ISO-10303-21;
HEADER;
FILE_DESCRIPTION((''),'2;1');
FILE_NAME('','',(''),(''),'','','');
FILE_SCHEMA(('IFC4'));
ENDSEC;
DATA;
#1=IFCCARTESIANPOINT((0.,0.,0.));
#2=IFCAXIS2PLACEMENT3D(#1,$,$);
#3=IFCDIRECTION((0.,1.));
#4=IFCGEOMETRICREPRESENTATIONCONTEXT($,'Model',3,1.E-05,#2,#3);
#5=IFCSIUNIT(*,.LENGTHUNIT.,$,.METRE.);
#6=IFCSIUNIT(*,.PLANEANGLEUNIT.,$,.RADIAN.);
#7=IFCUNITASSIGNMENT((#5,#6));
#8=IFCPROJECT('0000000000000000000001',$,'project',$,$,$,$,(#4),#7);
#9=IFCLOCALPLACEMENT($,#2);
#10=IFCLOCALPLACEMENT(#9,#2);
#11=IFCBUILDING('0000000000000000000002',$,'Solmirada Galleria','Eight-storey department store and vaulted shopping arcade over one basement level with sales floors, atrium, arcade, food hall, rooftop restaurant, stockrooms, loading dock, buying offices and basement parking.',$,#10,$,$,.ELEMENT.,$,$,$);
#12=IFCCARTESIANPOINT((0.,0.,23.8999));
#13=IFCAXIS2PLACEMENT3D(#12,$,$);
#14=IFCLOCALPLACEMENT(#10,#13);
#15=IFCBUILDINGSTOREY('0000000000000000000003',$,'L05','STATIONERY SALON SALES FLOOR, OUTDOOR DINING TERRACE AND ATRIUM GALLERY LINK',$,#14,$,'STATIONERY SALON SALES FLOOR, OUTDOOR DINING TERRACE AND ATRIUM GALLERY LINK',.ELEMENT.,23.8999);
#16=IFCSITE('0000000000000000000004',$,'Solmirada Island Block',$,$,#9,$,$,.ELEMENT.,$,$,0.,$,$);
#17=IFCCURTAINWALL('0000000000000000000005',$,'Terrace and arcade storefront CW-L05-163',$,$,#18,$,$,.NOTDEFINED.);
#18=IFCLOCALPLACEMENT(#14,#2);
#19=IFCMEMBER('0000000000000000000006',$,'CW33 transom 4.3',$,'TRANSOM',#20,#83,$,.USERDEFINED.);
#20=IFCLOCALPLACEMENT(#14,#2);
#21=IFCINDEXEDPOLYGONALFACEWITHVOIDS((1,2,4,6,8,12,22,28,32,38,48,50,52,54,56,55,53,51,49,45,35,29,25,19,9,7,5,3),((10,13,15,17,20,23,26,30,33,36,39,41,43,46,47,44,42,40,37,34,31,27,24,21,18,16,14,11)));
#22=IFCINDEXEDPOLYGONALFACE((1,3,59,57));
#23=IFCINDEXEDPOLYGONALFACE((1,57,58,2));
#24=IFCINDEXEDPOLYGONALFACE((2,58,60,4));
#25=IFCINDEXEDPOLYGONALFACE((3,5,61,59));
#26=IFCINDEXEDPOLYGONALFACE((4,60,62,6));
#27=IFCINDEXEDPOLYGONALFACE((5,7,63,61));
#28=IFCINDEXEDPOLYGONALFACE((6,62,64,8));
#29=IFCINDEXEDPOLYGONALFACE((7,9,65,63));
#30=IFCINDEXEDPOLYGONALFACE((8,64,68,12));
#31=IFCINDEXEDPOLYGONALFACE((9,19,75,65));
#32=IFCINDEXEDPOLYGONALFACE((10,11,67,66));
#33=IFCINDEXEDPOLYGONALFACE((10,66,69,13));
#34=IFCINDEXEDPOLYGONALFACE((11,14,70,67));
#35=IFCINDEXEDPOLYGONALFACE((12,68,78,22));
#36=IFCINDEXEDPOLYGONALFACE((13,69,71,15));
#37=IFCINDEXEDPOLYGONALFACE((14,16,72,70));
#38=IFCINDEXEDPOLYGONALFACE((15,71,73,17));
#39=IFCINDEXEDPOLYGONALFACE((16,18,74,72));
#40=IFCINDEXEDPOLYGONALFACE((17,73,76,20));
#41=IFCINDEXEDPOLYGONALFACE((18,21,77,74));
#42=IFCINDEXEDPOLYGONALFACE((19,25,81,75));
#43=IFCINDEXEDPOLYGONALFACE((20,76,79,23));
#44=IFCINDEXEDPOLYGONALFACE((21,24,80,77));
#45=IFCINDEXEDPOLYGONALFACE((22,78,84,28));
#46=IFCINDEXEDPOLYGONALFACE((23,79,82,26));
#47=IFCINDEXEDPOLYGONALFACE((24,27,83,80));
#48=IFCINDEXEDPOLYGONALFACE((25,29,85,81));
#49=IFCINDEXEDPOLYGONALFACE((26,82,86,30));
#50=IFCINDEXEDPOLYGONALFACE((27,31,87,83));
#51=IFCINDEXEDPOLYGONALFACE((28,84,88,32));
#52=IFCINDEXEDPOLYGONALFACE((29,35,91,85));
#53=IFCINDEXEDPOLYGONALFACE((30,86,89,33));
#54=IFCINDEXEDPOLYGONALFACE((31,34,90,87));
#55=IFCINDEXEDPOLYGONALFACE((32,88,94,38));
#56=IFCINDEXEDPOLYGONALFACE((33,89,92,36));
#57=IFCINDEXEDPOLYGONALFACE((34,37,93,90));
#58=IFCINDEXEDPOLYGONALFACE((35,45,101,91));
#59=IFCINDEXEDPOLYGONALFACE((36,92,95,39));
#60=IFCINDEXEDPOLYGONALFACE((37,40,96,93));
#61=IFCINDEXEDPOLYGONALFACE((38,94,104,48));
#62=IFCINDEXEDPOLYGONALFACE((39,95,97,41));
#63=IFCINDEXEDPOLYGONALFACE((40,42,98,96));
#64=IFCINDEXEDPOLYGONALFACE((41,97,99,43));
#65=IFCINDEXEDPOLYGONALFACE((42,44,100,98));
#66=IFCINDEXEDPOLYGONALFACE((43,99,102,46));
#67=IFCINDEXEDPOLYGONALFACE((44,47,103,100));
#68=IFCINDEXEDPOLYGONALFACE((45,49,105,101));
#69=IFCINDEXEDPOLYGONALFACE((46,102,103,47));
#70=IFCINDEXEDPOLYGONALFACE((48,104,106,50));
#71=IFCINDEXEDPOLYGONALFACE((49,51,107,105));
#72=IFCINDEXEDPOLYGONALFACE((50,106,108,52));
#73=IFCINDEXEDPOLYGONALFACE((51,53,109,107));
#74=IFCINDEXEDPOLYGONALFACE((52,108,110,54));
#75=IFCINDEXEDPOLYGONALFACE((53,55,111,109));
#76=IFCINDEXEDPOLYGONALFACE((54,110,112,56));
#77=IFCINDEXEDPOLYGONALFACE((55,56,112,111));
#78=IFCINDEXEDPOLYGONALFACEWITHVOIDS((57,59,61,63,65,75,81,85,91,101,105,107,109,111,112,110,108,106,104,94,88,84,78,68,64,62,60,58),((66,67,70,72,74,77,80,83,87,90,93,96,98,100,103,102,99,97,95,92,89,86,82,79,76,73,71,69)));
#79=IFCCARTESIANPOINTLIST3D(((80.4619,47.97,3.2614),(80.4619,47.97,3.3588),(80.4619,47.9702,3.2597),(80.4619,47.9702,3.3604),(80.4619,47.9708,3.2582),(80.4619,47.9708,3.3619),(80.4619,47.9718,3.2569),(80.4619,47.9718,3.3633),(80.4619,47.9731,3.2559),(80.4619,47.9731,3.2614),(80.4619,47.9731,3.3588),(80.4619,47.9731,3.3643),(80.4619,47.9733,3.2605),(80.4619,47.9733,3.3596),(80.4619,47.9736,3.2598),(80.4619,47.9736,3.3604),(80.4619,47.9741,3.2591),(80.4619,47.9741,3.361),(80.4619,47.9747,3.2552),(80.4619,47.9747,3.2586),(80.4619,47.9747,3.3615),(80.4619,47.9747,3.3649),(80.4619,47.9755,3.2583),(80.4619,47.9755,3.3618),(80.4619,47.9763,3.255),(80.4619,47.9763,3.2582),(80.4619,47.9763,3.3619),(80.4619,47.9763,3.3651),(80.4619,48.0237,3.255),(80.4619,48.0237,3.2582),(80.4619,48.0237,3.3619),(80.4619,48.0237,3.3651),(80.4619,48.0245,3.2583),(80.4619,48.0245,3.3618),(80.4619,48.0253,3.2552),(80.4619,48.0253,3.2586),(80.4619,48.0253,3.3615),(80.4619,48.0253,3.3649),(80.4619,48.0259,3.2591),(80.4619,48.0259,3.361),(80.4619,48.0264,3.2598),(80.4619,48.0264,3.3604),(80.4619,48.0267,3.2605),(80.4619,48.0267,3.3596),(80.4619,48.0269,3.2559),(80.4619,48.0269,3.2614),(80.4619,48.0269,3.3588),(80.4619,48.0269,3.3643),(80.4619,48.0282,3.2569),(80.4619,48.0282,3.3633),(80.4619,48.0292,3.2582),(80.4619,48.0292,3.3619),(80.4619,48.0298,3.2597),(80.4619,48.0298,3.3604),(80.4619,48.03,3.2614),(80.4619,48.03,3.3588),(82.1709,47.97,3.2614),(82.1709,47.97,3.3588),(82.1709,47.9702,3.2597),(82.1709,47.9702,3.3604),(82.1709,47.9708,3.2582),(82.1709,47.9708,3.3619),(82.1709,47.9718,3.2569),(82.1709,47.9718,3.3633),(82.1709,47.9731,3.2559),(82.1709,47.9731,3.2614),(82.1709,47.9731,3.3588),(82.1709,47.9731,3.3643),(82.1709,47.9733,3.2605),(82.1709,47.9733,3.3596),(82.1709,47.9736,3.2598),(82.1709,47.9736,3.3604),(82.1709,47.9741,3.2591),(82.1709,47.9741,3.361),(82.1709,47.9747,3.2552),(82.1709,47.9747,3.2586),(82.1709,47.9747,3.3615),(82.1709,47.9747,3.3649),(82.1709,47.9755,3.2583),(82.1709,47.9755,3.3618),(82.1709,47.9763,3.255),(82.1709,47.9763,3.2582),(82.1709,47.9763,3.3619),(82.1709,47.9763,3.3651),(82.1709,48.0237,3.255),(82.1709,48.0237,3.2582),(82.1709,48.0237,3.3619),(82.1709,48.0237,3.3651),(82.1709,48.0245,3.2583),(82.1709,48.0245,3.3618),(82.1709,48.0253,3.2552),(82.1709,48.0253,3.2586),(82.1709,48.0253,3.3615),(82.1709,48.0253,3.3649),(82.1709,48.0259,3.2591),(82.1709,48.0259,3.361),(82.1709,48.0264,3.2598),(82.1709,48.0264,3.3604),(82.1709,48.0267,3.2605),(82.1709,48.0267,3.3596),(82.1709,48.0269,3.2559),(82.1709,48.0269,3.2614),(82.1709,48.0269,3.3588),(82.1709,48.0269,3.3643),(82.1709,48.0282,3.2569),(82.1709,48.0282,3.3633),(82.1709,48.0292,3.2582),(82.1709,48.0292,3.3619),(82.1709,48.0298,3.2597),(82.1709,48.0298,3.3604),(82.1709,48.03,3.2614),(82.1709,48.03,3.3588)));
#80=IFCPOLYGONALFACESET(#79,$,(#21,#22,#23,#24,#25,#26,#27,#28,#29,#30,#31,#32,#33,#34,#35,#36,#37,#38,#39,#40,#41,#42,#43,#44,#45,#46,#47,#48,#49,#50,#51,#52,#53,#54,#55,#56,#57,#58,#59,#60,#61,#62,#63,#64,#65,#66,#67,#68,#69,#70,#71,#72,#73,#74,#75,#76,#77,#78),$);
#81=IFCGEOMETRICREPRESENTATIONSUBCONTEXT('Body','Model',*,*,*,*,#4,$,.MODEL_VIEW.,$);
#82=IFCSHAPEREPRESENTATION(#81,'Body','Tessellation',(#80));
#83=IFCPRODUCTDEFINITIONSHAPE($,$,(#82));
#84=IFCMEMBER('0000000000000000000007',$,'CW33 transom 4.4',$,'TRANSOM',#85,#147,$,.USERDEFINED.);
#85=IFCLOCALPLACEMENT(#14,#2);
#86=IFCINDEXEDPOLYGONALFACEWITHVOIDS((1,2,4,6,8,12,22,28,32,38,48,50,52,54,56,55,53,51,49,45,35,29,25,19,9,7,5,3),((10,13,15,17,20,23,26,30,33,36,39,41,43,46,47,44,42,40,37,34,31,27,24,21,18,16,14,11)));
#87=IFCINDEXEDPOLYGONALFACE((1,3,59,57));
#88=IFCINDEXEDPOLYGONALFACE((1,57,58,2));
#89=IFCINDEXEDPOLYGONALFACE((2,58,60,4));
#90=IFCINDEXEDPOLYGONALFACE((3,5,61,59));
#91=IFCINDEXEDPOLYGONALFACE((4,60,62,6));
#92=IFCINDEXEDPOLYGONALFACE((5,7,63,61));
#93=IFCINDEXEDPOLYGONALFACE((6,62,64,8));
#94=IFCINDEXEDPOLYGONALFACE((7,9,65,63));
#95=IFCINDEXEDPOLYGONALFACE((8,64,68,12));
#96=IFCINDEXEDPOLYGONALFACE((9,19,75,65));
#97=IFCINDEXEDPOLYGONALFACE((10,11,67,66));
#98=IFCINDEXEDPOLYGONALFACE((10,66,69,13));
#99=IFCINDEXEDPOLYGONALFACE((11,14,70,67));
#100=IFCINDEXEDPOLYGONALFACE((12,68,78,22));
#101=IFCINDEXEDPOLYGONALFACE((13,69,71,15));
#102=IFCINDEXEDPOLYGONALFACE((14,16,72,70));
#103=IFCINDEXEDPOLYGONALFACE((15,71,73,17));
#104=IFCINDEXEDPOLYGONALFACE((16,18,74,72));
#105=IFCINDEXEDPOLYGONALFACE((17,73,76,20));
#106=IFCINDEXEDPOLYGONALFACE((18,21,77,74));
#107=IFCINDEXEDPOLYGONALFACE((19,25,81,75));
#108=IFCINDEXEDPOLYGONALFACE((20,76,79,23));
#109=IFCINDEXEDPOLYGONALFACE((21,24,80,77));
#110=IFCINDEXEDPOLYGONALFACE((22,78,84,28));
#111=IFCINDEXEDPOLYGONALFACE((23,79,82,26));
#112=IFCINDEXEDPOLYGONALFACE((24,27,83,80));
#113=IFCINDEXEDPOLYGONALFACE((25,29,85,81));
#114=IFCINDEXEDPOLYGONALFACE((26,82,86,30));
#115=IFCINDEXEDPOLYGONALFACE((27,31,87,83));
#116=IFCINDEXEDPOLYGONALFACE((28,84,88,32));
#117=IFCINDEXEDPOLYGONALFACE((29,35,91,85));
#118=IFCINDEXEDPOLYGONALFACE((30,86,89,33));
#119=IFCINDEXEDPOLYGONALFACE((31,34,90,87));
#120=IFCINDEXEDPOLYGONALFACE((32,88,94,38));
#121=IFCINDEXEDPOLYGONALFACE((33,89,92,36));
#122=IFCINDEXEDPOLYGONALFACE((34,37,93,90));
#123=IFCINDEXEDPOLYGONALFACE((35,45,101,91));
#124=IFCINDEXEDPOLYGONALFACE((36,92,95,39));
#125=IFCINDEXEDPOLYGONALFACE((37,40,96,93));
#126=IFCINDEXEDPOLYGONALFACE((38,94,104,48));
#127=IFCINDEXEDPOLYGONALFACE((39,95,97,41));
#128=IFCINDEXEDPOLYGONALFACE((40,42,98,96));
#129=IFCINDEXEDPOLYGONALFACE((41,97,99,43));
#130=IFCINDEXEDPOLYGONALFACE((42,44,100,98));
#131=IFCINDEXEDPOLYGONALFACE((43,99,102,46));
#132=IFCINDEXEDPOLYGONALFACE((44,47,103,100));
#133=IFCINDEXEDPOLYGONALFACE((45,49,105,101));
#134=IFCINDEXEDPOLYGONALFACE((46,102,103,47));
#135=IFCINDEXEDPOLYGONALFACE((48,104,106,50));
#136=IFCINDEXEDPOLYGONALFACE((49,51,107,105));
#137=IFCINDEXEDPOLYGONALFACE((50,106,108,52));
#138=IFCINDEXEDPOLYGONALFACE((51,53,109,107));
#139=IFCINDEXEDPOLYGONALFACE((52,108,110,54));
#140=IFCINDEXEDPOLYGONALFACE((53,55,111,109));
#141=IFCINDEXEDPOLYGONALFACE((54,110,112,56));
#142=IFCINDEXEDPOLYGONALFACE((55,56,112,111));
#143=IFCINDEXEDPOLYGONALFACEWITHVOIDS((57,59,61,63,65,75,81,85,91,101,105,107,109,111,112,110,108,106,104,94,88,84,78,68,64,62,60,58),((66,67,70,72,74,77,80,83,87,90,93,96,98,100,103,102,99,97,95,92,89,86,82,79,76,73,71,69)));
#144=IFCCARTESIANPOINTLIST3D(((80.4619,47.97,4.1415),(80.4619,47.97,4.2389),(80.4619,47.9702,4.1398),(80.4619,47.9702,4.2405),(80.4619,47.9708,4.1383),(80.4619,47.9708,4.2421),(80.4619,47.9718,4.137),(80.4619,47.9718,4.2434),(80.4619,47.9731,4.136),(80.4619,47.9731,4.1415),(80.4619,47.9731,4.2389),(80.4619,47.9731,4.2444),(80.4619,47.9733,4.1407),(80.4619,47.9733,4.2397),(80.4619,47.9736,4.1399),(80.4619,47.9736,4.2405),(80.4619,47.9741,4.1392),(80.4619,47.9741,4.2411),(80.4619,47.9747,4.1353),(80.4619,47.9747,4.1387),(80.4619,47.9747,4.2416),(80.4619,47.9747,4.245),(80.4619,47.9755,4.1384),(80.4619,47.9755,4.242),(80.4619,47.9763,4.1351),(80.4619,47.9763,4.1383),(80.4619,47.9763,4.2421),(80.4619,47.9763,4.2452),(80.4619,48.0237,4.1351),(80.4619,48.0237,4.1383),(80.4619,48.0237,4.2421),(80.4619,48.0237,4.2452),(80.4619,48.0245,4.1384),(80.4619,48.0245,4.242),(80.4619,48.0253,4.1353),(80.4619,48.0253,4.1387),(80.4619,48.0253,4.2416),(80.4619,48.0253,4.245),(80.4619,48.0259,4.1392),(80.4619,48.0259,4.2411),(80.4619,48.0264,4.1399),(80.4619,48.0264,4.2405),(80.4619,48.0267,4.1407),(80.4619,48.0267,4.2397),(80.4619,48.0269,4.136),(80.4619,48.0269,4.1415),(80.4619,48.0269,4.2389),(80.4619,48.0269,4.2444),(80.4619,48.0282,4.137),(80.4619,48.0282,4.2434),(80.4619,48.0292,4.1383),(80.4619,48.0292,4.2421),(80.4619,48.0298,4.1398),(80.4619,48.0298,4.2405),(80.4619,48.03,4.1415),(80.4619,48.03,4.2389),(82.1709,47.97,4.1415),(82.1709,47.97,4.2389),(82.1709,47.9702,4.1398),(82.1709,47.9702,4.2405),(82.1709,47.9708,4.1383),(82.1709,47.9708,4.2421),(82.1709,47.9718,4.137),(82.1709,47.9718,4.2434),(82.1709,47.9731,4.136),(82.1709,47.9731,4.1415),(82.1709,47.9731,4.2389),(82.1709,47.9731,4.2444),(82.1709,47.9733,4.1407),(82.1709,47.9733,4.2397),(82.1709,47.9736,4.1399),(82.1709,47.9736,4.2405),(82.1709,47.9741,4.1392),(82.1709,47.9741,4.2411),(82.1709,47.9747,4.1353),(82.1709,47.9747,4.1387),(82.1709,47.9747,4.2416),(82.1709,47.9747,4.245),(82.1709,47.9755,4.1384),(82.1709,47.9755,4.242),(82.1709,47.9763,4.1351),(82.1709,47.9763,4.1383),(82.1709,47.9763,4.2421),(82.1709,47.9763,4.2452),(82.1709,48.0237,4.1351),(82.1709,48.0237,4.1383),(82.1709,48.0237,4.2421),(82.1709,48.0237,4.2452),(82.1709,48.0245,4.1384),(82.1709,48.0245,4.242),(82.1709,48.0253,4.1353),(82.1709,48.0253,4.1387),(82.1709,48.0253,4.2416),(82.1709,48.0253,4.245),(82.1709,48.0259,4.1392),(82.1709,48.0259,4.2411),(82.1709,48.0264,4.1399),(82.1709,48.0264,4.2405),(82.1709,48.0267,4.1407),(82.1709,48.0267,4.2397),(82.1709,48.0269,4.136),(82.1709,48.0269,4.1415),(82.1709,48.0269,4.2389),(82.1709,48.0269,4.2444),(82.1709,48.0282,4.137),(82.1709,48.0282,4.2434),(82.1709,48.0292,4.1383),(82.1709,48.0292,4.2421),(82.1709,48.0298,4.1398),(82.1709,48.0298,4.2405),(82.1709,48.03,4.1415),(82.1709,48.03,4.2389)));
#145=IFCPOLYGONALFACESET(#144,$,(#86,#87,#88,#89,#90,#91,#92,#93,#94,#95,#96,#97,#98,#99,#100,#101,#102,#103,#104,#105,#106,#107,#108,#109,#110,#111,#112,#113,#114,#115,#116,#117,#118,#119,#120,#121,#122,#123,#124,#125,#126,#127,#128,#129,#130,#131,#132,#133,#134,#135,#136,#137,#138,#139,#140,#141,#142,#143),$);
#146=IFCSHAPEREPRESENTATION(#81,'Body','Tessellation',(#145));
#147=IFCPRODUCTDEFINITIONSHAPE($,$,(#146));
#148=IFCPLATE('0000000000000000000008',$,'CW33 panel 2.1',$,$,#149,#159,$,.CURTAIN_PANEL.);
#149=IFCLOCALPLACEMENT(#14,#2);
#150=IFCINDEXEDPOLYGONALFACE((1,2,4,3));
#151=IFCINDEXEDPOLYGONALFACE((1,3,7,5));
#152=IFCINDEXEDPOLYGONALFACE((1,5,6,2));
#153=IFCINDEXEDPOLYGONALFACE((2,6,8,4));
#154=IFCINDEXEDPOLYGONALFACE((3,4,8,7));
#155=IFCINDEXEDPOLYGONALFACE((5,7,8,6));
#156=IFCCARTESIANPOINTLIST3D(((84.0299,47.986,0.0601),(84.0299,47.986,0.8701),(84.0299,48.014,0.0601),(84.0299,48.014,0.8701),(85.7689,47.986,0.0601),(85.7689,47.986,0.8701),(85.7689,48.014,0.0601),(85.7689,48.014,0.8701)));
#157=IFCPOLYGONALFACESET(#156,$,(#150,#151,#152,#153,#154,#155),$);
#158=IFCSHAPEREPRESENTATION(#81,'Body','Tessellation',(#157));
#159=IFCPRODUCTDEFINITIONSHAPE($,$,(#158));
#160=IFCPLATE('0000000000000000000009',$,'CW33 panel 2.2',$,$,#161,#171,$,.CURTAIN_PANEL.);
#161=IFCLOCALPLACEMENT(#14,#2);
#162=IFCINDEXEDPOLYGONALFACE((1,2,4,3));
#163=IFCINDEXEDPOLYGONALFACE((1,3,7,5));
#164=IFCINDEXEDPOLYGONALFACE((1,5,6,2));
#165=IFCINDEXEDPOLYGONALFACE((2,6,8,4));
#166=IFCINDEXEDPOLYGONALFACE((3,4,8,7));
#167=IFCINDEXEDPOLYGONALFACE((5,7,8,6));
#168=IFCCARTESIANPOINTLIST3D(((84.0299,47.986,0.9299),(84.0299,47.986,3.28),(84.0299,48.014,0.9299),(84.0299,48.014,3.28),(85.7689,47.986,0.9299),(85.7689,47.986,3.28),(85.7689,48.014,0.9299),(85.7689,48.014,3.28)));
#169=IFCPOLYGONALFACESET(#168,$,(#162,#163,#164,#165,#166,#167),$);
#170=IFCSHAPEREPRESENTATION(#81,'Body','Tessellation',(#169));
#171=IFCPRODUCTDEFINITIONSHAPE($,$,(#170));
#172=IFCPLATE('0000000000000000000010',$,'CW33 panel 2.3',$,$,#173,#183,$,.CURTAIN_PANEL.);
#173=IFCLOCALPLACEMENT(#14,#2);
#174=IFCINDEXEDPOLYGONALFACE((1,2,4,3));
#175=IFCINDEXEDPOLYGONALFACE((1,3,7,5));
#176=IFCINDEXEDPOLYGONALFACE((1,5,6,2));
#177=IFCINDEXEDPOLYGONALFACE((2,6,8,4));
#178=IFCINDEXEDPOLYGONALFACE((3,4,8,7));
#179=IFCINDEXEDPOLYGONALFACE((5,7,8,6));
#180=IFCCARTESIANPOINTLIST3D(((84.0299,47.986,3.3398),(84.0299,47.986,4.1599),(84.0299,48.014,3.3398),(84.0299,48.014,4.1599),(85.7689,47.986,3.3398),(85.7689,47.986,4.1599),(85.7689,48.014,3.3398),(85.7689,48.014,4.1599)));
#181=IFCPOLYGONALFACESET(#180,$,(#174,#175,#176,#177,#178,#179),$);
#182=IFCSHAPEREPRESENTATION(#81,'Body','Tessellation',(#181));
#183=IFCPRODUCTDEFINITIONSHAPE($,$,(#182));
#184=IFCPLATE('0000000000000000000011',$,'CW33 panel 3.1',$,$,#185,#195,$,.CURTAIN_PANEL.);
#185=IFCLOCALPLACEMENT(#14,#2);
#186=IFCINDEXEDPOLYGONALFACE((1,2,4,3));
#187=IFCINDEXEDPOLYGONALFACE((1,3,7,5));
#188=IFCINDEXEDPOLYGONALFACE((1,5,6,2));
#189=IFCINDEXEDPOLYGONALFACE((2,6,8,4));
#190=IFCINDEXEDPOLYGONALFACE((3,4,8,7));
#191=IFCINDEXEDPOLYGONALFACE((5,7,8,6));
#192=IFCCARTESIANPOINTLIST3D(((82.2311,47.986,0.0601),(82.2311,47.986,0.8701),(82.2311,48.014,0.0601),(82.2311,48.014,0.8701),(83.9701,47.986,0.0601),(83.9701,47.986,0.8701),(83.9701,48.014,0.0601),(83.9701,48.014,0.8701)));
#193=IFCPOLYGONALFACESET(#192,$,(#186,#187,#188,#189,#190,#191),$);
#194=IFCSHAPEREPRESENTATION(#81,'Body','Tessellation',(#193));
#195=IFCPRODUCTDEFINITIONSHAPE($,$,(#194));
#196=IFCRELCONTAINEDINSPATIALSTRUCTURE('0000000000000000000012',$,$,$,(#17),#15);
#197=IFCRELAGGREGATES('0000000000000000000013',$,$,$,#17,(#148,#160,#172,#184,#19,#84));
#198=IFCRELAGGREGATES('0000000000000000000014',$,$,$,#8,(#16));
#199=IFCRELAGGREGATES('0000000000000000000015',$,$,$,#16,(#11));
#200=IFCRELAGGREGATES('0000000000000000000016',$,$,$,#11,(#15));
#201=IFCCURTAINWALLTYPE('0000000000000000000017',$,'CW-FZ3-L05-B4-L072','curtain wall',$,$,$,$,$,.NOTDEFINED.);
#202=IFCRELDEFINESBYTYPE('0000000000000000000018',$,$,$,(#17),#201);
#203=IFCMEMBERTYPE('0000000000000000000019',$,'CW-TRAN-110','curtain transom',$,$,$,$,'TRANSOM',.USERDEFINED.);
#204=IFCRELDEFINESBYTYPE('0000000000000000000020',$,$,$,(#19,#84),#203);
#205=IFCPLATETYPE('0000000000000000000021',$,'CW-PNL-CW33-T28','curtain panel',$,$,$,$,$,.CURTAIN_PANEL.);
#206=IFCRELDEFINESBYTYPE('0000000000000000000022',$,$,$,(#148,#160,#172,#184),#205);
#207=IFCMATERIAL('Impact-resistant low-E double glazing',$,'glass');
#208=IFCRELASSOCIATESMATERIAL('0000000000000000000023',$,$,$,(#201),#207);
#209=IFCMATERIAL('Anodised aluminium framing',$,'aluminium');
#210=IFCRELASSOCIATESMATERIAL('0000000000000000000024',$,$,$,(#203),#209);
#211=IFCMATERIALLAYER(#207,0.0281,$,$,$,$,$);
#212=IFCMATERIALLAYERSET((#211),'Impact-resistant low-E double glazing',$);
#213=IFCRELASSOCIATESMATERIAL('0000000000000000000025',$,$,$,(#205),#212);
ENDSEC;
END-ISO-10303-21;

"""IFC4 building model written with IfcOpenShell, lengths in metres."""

from ifc_helpers import new_model, si_unit, direction, frame, origin, origin_2d, place, context, subcontext, project, spatial, rectangle, hollow_rectangle, extrude, material, layer, layer_set, material_profile, profile_set, type_object, element, aggregate, save


model = new_model("IFC4")

# Units and contexts
model_context = context("Model", 3, precision=1e-05, world=origin(), true_north=direction((0.0, 1.0)))
body_context = subcontext(model_context, "Body", "Model", "MODEL_VIEW")
ifc_project = project(units=[si_unit("LENGTHUNIT", "METRE"), si_unit("PLANEANGLEUNIT", "RADIAN")], contexts=[model_context])

# Site, building, storey
site_placement = place(None, origin())
site = spatial("IfcSite", under=ifc_project, at=site_placement, Name="Solmirada Island Block", CompositionType="ELEMENT", RefElevation=0.0)
building_placement = place(site_placement, origin())
building = spatial("IfcBuilding", under=site, at=building_placement, Name="Solmirada Galleria", Description="Eight-storey department store and vaulted shopping arcade over one basement level with sales floors, atrium, arcade, food hall, rooftop restaurant, stockrooms, loading dock, buying offices and basement parking.", CompositionType="ELEMENT")
storey_placement = place(building_placement, frame((0.0, 0.0, 23.8999)))
storey = spatial("IfcBuildingStorey", under=building, at=storey_placement, Name="L05", Description="STATIONERY SALON SALES FLOOR, OUTDOOR DINING TERRACE AND ATRIUM GALLERY LINK", LongName="STATIONERY SALON SALES FLOOR, OUTDOOR DINING TERRACE AND ATRIUM GALLERY LINK", CompositionType="ELEMENT", Elevation=23.8999)

# Curtain wall, members, plates
ifc_material_1 = material(Name="Impact-resistant low-E double glazing", Category="glass")
curtain_wall_type = type_object("IfcCurtainWallType", Name="CW-FZ3-L05-B4-L072", Description="curtain wall", PredefinedType="NOTDEFINED", material=ifc_material_1)
curtain_wall_placement = place(storey_placement, origin())
curtain_wall = element("IfcCurtainWall", 1, at=curtain_wall_placement, inside=storey, type_object=curtain_wall_type, Name="Terrace and arcade storefront CW-L05-163", PredefinedType="NOTDEFINED")
ifc_material_2 = material(Name="Anodised aluminium framing", Category="aluminium")
ifc_material_profile_1 = material_profile(ifc_material_2, hollow_rectangle(XDim=0.0601, YDim=0.1101, WallThickness=0.0032, InnerFilletRadius=0.0032, OuterFilletRadius=0.0063, at=origin_2d()), Name="ALU-TRAN-110X60")
ifc_profile_set_1 = profile_set([ifc_material_profile_1], Name="Anodised aluminium framing")
member_type_1 = type_object("IfcMemberType", Name="CW-TRAN-110", Description="curtain transom", ElementType="TRANSOM", PredefinedType="USERDEFINED", material=ifc_profile_set_1)
member_1_placement = place(storey_placement, frame((82.1709, 48.0, 3.3101), z_axis=(-1.0, 0.0, 0.0), x_axis=(0.0, -1.0, 0.0)))
member_1 = element("IfcMember", 2, at=member_1_placement, type_object=member_type_1, Name="CW33 transom 4.3", ObjectType="TRANSOM", PredefinedType="USERDEFINED", context=body_context, shape_type="SweptSolid", body=[
    extrude(hollow_rectangle(XDim=0.0601, YDim=0.1101, WallThickness=0.0032, InnerFilletRadius=0.0032, OuterFilletRadius=0.0063, at=origin_2d()), origin(), (0.0, 0.0, 1.0), 1.709),
])
member_2_placement = place(storey_placement, frame((82.1709, 48.0, 4.1902), z_axis=(-1.0, 0.0, 0.0), x_axis=(0.0, -1.0, 0.0)))
member_2 = element("IfcMember", 3, at=member_2_placement, type_object=member_type_1, Name="CW33 transom 4.4", ObjectType="TRANSOM", PredefinedType="USERDEFINED", context=body_context, shape_type="SweptSolid", body=[
    extrude(hollow_rectangle(XDim=0.0601, YDim=0.1101, WallThickness=0.0032, InnerFilletRadius=0.0032, OuterFilletRadius=0.0063, at=origin_2d()), origin(), (0.0, 0.0, 1.0), 1.709),
])
ifc_layer = layer(ifc_material_1, 0.0281)
ifc_layer_set = layer_set([ifc_layer], Name="Impact-resistant low-E double glazing")
plate_type = type_object("IfcPlateType", Name="CW-PNL-CW33-T28", Description="curtain panel", PredefinedType="CURTAIN_PANEL", material=ifc_layer_set)
plate_1_placement = place(storey_placement, frame((84.8994, 48.0, 0.0601), z_axis=(0.0, 0.0, 1.0), x_axis=(-1.0, 0.0, 0.0)))
plate_1 = element("IfcPlate", 4, at=plate_1_placement, type_object=plate_type, Name="CW33 panel 2.1", PredefinedType="CURTAIN_PANEL", context=body_context, shape_type="SweptSolid", body=[
    extrude(rectangle(XDim=1.739, YDim=0.0281, at=origin_2d()), origin(), (0.0, 0.0, 1.0), 0.8101),
])
plate_2_placement = place(storey_placement, frame((84.8994, 48.0, 0.9299), z_axis=(0.0, 0.0, 1.0), x_axis=(-1.0, 0.0, 0.0)))
plate_2 = element("IfcPlate", 5, at=plate_2_placement, type_object=plate_type, Name="CW33 panel 2.2", PredefinedType="CURTAIN_PANEL", context=body_context, shape_type="SweptSolid", body=[
    extrude(rectangle(XDim=1.739, YDim=0.0281, at=origin_2d()), origin(), (0.0, 0.0, 1.0), 2.3501),
])
plate_3_placement = place(storey_placement, frame((84.8994, 48.0, 3.3398), z_axis=(0.0, 0.0, 1.0), x_axis=(-1.0, 0.0, 0.0)))
plate_3 = element("IfcPlate", 6, at=plate_3_placement, type_object=plate_type, Name="CW33 panel 2.3", PredefinedType="CURTAIN_PANEL", context=body_context, shape_type="SweptSolid", body=[
    extrude(rectangle(XDim=1.739, YDim=0.0281, at=origin_2d()), origin(), (0.0, 0.0, 1.0), 0.8201),
])
plate_4_placement = place(storey_placement, frame((83.1006, 48.0, 0.0601), z_axis=(0.0, 0.0, 1.0), x_axis=(-1.0, 0.0, 0.0)))
plate_4 = element("IfcPlate", 7, at=plate_4_placement, type_object=plate_type, Name="CW33 panel 3.1", PredefinedType="CURTAIN_PANEL", context=body_context, shape_type="SweptSolid", body=[
    extrude(rectangle(XDim=1.739, YDim=0.0281, at=origin_2d()), origin(), (0.0, 0.0, 1.0), 0.8101),
])
aggregate(curtain_wall, [plate_1, plate_2, plate_3, plate_4, member_1, member_2])

save(model, "model.ifc")
